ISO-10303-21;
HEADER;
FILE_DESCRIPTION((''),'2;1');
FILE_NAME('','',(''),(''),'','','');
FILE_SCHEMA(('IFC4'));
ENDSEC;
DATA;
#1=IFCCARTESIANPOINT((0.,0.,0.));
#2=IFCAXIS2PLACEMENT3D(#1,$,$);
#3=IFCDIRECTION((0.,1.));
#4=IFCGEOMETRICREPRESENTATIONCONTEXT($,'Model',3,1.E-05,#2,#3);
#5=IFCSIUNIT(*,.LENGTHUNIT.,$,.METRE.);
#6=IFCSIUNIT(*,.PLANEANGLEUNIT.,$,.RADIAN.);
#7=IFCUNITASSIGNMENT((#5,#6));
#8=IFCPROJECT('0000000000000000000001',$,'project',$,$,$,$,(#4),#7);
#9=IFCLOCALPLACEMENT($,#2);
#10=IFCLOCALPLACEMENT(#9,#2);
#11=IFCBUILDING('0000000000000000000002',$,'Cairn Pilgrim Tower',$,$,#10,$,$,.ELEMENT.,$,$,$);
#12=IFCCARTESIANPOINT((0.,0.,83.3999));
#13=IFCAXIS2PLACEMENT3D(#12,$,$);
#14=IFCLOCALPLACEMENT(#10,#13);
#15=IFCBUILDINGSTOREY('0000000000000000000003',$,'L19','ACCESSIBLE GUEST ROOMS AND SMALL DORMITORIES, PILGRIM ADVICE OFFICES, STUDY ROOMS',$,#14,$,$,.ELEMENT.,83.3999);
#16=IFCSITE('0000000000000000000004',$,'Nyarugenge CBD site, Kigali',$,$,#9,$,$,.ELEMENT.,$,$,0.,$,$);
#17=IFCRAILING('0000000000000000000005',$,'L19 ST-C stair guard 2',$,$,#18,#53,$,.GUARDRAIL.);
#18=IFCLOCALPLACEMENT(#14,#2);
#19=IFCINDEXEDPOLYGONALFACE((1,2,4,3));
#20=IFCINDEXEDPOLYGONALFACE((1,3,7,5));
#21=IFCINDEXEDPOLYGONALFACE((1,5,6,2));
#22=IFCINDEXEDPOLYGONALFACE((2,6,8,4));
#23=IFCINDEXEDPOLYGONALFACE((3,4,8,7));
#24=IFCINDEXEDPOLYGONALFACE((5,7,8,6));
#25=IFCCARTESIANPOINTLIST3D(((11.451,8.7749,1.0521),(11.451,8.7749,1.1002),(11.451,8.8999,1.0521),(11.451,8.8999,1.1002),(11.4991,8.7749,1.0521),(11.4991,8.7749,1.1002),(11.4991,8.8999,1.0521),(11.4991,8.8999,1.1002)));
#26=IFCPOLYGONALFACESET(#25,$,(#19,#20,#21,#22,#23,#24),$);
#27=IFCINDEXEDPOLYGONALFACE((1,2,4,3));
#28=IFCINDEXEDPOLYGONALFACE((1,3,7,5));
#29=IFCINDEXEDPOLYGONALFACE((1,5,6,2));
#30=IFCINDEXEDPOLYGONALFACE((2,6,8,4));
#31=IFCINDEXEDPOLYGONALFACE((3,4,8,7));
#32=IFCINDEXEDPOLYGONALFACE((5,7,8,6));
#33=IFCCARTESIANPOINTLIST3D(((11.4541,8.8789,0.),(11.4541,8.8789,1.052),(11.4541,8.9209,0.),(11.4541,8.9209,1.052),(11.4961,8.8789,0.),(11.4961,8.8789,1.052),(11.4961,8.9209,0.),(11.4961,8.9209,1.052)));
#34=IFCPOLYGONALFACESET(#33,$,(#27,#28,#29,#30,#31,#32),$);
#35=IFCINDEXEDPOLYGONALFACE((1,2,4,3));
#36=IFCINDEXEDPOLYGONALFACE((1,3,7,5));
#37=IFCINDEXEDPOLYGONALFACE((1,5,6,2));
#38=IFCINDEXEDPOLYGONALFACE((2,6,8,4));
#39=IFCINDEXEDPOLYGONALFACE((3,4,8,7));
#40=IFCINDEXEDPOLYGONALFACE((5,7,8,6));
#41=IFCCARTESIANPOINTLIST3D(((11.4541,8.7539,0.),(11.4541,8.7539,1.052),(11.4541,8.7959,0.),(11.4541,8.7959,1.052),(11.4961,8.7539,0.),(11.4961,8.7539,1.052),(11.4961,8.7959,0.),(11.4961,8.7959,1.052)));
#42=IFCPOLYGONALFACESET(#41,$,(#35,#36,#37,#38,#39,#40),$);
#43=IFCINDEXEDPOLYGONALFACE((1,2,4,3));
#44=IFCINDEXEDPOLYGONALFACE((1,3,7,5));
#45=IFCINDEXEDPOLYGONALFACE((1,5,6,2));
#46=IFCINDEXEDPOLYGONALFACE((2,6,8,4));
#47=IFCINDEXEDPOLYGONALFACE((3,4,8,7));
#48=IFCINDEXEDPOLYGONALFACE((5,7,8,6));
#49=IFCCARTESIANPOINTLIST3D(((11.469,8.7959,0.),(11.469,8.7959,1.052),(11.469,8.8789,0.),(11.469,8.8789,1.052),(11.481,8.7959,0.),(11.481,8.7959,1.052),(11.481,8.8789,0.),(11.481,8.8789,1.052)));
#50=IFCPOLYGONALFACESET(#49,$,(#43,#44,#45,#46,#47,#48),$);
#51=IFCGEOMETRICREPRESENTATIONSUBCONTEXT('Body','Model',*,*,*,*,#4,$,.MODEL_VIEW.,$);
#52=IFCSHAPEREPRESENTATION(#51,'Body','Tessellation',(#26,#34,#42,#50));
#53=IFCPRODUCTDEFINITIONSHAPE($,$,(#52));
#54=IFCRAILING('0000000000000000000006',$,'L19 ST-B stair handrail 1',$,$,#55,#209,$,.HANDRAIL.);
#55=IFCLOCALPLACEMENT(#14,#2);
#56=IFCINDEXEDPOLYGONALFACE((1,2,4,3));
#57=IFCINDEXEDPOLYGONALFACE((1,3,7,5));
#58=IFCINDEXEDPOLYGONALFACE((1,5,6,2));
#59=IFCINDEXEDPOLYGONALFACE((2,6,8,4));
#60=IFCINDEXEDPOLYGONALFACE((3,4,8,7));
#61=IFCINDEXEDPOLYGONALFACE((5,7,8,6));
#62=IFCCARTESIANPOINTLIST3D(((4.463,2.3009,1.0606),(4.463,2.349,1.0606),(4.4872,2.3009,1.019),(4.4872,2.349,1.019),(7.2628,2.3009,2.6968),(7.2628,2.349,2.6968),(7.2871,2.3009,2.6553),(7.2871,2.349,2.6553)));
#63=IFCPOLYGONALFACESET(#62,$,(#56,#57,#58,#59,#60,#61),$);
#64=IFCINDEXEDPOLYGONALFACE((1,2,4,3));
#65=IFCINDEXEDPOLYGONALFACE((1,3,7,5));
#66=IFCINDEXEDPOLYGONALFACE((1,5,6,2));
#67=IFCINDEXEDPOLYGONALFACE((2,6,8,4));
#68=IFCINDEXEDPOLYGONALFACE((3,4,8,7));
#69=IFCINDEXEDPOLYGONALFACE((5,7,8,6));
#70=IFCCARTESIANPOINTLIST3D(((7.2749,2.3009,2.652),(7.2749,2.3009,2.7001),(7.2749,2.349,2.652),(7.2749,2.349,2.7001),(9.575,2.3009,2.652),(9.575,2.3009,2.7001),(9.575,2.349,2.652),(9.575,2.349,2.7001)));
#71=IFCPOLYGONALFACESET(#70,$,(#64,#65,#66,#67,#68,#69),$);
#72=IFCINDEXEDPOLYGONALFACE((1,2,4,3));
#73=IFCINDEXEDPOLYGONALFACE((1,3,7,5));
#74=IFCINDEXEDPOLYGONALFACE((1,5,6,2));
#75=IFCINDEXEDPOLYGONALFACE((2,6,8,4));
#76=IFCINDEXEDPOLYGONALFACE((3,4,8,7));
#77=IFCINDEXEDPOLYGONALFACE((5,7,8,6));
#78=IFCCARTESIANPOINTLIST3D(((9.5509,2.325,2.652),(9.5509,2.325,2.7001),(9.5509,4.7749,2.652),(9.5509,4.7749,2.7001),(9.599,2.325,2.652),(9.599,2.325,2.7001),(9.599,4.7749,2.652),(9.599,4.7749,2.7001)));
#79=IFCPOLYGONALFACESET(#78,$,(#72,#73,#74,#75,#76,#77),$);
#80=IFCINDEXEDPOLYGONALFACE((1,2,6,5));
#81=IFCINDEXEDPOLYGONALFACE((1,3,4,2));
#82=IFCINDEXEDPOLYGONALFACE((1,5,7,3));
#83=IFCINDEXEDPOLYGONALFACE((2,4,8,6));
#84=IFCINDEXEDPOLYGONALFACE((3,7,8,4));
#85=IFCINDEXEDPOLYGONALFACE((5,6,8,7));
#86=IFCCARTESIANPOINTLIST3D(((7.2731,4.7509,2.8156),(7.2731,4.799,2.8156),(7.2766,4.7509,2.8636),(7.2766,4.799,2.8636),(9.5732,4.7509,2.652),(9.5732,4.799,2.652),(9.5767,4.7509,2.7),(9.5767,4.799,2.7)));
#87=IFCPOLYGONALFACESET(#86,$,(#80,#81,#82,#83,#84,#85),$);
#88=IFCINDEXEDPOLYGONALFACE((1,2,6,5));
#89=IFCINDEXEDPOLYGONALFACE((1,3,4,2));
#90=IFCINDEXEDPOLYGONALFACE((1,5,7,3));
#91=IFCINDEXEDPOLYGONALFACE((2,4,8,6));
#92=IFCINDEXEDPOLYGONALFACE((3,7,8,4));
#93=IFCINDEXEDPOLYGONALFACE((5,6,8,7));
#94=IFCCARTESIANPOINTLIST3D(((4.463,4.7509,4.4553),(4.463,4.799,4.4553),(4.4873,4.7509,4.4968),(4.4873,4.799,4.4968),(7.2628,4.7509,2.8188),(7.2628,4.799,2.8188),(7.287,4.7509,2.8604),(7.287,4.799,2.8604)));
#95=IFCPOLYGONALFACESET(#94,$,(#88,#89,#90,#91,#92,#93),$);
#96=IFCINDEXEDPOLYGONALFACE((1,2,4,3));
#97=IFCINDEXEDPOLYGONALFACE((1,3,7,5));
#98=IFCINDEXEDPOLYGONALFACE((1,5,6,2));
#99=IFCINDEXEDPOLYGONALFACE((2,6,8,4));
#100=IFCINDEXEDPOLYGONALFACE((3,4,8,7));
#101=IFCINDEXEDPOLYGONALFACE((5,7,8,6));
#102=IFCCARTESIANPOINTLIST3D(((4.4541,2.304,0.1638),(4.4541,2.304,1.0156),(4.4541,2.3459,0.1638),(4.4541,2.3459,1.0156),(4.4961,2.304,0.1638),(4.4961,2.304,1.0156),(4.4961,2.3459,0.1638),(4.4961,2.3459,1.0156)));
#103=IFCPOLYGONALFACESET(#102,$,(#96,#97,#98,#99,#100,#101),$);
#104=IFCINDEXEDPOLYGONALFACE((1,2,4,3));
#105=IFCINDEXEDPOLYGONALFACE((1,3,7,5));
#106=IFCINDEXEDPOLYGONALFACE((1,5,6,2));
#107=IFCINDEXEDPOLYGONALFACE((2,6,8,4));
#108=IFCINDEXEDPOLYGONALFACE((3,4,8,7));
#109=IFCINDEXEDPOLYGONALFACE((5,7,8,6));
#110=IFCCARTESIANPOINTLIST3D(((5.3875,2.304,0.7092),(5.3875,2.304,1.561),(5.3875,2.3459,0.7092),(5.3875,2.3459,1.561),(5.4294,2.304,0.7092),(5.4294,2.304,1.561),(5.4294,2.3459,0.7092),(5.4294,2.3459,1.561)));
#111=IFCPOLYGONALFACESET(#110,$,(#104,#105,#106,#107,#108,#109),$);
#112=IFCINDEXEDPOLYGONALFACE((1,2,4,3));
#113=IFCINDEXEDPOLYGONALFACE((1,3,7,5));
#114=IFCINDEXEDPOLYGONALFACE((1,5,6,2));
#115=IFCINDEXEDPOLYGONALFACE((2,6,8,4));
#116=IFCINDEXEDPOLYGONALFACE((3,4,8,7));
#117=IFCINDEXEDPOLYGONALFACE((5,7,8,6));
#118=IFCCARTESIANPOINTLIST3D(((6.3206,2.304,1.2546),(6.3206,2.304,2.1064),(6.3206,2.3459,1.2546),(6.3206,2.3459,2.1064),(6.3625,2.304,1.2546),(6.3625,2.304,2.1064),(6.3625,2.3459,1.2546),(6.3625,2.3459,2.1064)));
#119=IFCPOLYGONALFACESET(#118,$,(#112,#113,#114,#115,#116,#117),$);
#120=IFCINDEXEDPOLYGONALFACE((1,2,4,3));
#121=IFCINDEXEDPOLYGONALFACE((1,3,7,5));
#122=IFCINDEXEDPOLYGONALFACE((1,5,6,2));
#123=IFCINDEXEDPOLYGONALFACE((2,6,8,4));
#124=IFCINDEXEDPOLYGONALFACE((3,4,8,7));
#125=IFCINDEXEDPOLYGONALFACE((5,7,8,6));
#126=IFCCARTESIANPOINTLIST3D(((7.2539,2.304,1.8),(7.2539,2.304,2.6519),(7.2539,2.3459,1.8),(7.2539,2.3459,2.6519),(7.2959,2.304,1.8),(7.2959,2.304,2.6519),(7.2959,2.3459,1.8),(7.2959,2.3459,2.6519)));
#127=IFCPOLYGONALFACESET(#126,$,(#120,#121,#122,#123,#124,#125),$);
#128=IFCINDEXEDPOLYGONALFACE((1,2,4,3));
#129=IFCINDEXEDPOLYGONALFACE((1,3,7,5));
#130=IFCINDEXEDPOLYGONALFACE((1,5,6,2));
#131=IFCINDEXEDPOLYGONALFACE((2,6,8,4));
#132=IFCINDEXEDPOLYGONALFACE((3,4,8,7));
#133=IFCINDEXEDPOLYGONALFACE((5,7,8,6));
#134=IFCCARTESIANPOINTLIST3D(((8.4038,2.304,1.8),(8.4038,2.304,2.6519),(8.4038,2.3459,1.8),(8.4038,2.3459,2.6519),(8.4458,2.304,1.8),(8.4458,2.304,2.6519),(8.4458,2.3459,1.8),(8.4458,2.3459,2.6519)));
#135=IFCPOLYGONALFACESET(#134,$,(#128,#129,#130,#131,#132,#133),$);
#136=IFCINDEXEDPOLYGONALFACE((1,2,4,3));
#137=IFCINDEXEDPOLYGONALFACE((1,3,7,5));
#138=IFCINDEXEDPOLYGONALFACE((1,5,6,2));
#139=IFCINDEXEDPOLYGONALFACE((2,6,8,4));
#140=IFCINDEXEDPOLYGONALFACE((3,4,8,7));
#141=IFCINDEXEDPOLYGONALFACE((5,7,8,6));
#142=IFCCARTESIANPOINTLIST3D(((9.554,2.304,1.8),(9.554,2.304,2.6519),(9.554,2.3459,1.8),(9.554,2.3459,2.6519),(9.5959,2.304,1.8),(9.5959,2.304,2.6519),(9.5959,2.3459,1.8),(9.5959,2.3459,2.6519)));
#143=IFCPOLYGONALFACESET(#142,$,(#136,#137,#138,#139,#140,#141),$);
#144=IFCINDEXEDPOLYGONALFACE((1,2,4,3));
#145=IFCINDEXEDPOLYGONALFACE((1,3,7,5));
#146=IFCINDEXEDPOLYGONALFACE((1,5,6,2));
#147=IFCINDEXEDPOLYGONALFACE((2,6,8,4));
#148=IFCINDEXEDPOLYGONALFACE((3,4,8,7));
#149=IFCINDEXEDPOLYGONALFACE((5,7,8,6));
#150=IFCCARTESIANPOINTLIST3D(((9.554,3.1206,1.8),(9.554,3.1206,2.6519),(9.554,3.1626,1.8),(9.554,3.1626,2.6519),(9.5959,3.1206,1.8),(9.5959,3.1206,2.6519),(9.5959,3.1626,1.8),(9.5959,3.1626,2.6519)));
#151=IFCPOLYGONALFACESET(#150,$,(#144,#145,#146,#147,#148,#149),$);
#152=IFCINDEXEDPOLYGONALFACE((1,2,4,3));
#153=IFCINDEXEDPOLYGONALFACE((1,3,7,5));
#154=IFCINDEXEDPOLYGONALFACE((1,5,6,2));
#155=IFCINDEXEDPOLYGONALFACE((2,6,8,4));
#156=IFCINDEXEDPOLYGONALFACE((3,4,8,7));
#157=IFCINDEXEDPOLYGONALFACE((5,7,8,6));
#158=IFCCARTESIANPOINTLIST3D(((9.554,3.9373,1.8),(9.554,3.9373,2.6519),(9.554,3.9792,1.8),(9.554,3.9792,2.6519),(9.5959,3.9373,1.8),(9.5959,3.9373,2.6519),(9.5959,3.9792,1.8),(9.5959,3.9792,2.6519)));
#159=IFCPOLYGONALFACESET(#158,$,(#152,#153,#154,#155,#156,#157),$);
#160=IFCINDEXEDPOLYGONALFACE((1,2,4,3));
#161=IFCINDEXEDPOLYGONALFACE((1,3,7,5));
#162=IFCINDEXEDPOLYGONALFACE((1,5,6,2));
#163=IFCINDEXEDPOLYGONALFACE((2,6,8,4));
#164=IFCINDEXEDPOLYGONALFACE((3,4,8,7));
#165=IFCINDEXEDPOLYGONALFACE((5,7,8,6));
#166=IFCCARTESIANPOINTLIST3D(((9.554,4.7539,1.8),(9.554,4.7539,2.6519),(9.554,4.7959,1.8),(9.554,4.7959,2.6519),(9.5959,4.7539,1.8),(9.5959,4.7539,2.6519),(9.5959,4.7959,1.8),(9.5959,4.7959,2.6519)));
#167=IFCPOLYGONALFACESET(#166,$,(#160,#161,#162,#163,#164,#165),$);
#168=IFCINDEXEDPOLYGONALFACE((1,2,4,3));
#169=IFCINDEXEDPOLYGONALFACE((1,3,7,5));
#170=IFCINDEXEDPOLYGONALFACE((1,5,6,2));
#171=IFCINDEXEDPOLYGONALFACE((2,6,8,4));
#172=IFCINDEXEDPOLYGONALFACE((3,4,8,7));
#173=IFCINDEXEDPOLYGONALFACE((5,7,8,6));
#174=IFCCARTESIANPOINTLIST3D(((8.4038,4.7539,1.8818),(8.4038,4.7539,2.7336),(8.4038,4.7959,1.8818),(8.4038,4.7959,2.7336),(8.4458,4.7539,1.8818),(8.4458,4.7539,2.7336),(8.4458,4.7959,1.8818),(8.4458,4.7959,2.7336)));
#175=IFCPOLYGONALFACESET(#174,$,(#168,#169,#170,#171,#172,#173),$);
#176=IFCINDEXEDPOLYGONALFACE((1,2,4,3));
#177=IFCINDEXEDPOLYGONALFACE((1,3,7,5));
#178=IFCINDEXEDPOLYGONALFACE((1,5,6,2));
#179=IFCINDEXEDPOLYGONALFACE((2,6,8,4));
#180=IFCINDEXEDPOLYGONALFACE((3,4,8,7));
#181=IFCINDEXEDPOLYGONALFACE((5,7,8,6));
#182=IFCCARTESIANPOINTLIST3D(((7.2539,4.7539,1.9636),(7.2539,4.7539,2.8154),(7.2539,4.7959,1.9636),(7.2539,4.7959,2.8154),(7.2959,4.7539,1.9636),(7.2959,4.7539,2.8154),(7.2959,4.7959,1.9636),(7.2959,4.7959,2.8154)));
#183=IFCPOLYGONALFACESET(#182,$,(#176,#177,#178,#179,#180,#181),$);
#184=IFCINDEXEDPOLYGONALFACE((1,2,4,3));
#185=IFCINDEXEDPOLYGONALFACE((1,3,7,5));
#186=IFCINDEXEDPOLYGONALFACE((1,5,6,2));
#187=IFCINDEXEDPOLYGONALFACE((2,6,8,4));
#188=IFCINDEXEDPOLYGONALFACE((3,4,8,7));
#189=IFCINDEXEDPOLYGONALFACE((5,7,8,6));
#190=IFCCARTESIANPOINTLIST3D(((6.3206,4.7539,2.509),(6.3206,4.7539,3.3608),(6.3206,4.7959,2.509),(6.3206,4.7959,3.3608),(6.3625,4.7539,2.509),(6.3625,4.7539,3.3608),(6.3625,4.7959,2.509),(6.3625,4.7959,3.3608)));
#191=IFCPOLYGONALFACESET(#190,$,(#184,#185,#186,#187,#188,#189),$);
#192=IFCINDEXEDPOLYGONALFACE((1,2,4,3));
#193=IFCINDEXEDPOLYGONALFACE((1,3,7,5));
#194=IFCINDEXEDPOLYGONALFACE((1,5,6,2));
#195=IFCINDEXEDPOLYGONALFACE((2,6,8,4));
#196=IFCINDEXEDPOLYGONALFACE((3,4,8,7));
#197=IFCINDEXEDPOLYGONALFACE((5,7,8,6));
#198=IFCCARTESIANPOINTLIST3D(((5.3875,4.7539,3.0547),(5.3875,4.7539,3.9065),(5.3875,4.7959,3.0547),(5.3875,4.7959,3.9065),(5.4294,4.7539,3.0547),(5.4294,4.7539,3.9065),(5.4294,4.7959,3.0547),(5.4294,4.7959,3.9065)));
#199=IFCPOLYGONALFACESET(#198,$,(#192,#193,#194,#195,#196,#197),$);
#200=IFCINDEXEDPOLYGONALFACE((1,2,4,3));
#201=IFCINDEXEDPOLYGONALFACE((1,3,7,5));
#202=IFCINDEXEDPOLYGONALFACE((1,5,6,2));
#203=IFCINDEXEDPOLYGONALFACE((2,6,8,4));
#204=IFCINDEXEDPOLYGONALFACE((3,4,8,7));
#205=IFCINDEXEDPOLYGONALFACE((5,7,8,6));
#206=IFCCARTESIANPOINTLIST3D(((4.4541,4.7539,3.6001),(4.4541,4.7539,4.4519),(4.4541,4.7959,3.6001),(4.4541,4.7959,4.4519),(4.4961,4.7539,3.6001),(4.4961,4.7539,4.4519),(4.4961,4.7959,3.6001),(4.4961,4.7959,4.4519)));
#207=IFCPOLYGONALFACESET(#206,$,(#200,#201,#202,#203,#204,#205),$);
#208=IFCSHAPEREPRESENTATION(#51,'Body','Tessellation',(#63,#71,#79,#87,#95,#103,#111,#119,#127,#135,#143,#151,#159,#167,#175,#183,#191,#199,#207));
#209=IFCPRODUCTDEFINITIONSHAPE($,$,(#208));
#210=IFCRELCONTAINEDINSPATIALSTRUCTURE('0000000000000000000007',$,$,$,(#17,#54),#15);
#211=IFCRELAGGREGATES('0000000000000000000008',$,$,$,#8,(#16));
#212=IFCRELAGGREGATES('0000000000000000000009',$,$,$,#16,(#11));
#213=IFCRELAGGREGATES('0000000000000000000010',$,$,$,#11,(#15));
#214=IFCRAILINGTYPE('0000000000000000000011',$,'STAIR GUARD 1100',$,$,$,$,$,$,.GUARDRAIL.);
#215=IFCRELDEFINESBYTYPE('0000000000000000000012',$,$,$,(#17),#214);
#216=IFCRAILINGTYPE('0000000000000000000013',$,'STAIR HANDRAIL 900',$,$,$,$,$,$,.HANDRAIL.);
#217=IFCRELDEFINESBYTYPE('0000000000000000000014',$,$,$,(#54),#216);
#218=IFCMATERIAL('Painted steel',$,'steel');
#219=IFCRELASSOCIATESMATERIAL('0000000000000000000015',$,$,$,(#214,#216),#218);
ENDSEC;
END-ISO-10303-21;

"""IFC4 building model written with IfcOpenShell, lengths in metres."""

from ifc_helpers import new_model, si_unit, direction, frame, origin, origin_2d, place, context, subcontext, project, spatial, polyline, rectangle, outline, extrude, material, type_object, element, save


model = new_model("IFC4")

# Units and contexts
model_context = context("Model", 3, precision=1e-05, world=origin(), true_north=direction((0.0, 1.0)))
body_context = subcontext(model_context, "Body", "Model", "MODEL_VIEW")
ifc_project = project(units=[si_unit("LENGTHUNIT", "METRE"), si_unit("PLANEANGLEUNIT", "RADIAN")], contexts=[model_context])

# Site, building, storey
site_placement = place(None, origin())
site = spatial("IfcSite", under=ifc_project, at=site_placement, Name="Nyarugenge CBD site, Kigali", CompositionType="ELEMENT", RefElevation=0.0)
building_placement = place(site_placement, origin())
building = spatial("IfcBuilding", under=site, at=building_placement, Name="Cairn Pilgrim Tower", CompositionType="ELEMENT")
storey_placement = place(building_placement, frame((0.0, 0.0, 83.3999)))
storey = spatial("IfcBuildingStorey", under=building, at=storey_placement, Name="L19", Description="ACCESSIBLE GUEST ROOMS AND SMALL DORMITORIES, PILGRIM ADVICE OFFICES, STUDY ROOMS", CompositionType="ELEMENT", Elevation=83.3999)

# Shared definitions
ifc_material_1 = material(Name="Painted steel", Category="steel")

# Railings
railing_type_1 = type_object("IfcRailingType", Name="STAIR GUARD 1100", PredefinedType="GUARDRAIL", material=ifc_material_1)
railing_1_placement = place(storey_placement, frame((11.4751, 8.8999, 0.0)))
element("IfcRailing", 1, at=railing_1_placement, inside=storey, type_object=railing_type_1, Name="L19 ST-C stair guard 2", PredefinedType="GUARDRAIL", context=body_context, shape_type="SweptSolid", body=[
    extrude(rectangle(XDim=0.0481, YDim=0.0481, at=origin_2d()), frame((0.0, 0.0, 1.0762), z_axis=(0.0, -1.0, 0.0), x_axis=(1.0, 0.0, 0.0)), (0.0, 0.0, 1.0), 0.125),
    extrude(rectangle(XDim=0.042, YDim=0.042, at=origin_2d()), origin(), (0.0, 0.0, 1.0), 1.052),
    extrude(rectangle(XDim=0.042, YDim=0.042, at=origin_2d()), frame((0.0, -0.125, 0.0)), (0.0, 0.0, 1.0), 1.052),
    extrude(outline(polyline([(0.021, 0.0), (0.104, 0.0), (0.104, 1.052), (0.021, 1.052), (0.021, 0.0)])), frame((0.0059, 0.0, 0.0), z_axis=(-1.0, 0.0, 0.0), x_axis=(0.0, -1.0, 0.0)), (0.0, 0.0, 1.0), 0.012),
])
railing_type_2 = type_object("IfcRailingType", Name="STAIR HANDRAIL 900", PredefinedType="HANDRAIL", material=ifc_material_1)
railing_2_placement = place(storey_placement, frame((4.4751, 2.325, 0.1638)))
element("IfcRailing", 2, at=railing_2_placement, inside=storey, type_object=railing_type_2, Name="L19 ST-B stair handrail 1", PredefinedType="HANDRAIL", context=body_context, shape_type="SweptSolid", body=[
    extrude(rectangle(XDim=0.0481, YDim=0.0481, at=origin_2d()), frame((0.0, 0.0, 0.876), z_axis=(0.863374, 0.0, 0.504564), x_axis=(0.0, 1.0, 0.0)), (0.0, 0.0, 1.0), 3.2429),
    extrude(rectangle(XDim=0.0481, YDim=0.0481, at=origin_2d()), frame((2.7998, 0.0, 2.5122), z_axis=(1.0, 0.0, 0.0), x_axis=(0.0, 1.0, 0.0)), (0.0, 0.0, 1.0), 2.3),
    extrude(rectangle(XDim=0.0481, YDim=0.0481, at=origin_2d()), frame((5.0999, 0.0, 2.5122), z_axis=(0.0, 1.0, 0.0), x_axis=(-1.0, 0.0, 0.0)), (0.0, 0.0, 1.0), 2.45),
    extrude(rectangle(XDim=0.0481, YDim=0.0481, at=origin_2d()), frame((5.0999, 2.45, 2.5122), z_axis=(-0.997481, 0.0, 0.070939), x_axis=(0.0, -1.0, 0.0)), (0.0, 0.0, 1.0), 2.3059),
    extrude(rectangle(XDim=0.0481, YDim=0.0481, at=origin_2d()), frame((2.7998, 2.45, 2.6758), z_axis=(-0.863342, 0.0, 0.50462), x_axis=(0.0, -1.0, 0.0)), (0.0, 0.0, 1.0), 3.2429),
    extrude(rectangle(XDim=0.042, YDim=0.042, at=origin_2d()), origin(), (0.0, 0.0, 1.0), 0.8518),
    extrude(rectangle(XDim=0.042, YDim=0.042, at=origin_2d()), frame((0.9333, 0.0, 0.5454)), (0.0, 0.0, 1.0), 0.8518),
    extrude(rectangle(XDim=0.042, YDim=0.042, at=origin_2d()), frame((1.8665, 0.0, 1.0908)), (0.0, 0.0, 1.0), 0.8518),
    extrude(rectangle(XDim=0.042, YDim=0.042, at=origin_2d()), frame((2.7998, 0.0, 1.6362)), (0.0, 0.0, 1.0), 0.8518),
    extrude(rectangle(XDim=0.042, YDim=0.042, at=origin_2d()), frame((3.9497, 0.0, 1.6362)), (0.0, 0.0, 1.0), 0.8518),
    extrude(rectangle(XDim=0.042, YDim=0.042, at=origin_2d()), frame((5.0999, 0.0, 1.6362)), (0.0, 0.0, 1.0), 0.8518),
    extrude(rectangle(XDim=0.042, YDim=0.042, at=origin_2d()), frame((5.0999, 0.8167, 1.6362)), (0.0, 0.0, 1.0), 0.8518),
    extrude(rectangle(XDim=0.042, YDim=0.042, at=origin_2d()), frame((5.0999, 1.6333, 1.6362)), (0.0, 0.0, 1.0), 0.8518),
    extrude(rectangle(XDim=0.042, YDim=0.042, at=origin_2d()), frame((5.0999, 2.45, 1.6362)), (0.0, 0.0, 1.0), 0.8518),
    extrude(rectangle(XDim=0.042, YDim=0.042, at=origin_2d()), frame((3.9497, 2.45, 1.718)), (0.0, 0.0, 1.0), 0.8518),
    extrude(rectangle(XDim=0.042, YDim=0.042, at=origin_2d()), frame((2.7998, 2.45, 1.7998)), (0.0, 0.0, 1.0), 0.8518),
    extrude(rectangle(XDim=0.042, YDim=0.042, at=origin_2d()), frame((1.8665, 2.45, 2.3452)), (0.0, 0.0, 1.0), 0.8518),
    extrude(rectangle(XDim=0.042, YDim=0.042, at=origin_2d()), frame((0.9333, 2.45, 2.8909)), (0.0, 0.0, 1.0), 0.8518),
    extrude(rectangle(XDim=0.042, YDim=0.042, at=origin_2d()), frame((0.0, 2.45, 3.4363)), (0.0, 0.0, 1.0), 0.8518),
])

save(model, "model.ifc")
